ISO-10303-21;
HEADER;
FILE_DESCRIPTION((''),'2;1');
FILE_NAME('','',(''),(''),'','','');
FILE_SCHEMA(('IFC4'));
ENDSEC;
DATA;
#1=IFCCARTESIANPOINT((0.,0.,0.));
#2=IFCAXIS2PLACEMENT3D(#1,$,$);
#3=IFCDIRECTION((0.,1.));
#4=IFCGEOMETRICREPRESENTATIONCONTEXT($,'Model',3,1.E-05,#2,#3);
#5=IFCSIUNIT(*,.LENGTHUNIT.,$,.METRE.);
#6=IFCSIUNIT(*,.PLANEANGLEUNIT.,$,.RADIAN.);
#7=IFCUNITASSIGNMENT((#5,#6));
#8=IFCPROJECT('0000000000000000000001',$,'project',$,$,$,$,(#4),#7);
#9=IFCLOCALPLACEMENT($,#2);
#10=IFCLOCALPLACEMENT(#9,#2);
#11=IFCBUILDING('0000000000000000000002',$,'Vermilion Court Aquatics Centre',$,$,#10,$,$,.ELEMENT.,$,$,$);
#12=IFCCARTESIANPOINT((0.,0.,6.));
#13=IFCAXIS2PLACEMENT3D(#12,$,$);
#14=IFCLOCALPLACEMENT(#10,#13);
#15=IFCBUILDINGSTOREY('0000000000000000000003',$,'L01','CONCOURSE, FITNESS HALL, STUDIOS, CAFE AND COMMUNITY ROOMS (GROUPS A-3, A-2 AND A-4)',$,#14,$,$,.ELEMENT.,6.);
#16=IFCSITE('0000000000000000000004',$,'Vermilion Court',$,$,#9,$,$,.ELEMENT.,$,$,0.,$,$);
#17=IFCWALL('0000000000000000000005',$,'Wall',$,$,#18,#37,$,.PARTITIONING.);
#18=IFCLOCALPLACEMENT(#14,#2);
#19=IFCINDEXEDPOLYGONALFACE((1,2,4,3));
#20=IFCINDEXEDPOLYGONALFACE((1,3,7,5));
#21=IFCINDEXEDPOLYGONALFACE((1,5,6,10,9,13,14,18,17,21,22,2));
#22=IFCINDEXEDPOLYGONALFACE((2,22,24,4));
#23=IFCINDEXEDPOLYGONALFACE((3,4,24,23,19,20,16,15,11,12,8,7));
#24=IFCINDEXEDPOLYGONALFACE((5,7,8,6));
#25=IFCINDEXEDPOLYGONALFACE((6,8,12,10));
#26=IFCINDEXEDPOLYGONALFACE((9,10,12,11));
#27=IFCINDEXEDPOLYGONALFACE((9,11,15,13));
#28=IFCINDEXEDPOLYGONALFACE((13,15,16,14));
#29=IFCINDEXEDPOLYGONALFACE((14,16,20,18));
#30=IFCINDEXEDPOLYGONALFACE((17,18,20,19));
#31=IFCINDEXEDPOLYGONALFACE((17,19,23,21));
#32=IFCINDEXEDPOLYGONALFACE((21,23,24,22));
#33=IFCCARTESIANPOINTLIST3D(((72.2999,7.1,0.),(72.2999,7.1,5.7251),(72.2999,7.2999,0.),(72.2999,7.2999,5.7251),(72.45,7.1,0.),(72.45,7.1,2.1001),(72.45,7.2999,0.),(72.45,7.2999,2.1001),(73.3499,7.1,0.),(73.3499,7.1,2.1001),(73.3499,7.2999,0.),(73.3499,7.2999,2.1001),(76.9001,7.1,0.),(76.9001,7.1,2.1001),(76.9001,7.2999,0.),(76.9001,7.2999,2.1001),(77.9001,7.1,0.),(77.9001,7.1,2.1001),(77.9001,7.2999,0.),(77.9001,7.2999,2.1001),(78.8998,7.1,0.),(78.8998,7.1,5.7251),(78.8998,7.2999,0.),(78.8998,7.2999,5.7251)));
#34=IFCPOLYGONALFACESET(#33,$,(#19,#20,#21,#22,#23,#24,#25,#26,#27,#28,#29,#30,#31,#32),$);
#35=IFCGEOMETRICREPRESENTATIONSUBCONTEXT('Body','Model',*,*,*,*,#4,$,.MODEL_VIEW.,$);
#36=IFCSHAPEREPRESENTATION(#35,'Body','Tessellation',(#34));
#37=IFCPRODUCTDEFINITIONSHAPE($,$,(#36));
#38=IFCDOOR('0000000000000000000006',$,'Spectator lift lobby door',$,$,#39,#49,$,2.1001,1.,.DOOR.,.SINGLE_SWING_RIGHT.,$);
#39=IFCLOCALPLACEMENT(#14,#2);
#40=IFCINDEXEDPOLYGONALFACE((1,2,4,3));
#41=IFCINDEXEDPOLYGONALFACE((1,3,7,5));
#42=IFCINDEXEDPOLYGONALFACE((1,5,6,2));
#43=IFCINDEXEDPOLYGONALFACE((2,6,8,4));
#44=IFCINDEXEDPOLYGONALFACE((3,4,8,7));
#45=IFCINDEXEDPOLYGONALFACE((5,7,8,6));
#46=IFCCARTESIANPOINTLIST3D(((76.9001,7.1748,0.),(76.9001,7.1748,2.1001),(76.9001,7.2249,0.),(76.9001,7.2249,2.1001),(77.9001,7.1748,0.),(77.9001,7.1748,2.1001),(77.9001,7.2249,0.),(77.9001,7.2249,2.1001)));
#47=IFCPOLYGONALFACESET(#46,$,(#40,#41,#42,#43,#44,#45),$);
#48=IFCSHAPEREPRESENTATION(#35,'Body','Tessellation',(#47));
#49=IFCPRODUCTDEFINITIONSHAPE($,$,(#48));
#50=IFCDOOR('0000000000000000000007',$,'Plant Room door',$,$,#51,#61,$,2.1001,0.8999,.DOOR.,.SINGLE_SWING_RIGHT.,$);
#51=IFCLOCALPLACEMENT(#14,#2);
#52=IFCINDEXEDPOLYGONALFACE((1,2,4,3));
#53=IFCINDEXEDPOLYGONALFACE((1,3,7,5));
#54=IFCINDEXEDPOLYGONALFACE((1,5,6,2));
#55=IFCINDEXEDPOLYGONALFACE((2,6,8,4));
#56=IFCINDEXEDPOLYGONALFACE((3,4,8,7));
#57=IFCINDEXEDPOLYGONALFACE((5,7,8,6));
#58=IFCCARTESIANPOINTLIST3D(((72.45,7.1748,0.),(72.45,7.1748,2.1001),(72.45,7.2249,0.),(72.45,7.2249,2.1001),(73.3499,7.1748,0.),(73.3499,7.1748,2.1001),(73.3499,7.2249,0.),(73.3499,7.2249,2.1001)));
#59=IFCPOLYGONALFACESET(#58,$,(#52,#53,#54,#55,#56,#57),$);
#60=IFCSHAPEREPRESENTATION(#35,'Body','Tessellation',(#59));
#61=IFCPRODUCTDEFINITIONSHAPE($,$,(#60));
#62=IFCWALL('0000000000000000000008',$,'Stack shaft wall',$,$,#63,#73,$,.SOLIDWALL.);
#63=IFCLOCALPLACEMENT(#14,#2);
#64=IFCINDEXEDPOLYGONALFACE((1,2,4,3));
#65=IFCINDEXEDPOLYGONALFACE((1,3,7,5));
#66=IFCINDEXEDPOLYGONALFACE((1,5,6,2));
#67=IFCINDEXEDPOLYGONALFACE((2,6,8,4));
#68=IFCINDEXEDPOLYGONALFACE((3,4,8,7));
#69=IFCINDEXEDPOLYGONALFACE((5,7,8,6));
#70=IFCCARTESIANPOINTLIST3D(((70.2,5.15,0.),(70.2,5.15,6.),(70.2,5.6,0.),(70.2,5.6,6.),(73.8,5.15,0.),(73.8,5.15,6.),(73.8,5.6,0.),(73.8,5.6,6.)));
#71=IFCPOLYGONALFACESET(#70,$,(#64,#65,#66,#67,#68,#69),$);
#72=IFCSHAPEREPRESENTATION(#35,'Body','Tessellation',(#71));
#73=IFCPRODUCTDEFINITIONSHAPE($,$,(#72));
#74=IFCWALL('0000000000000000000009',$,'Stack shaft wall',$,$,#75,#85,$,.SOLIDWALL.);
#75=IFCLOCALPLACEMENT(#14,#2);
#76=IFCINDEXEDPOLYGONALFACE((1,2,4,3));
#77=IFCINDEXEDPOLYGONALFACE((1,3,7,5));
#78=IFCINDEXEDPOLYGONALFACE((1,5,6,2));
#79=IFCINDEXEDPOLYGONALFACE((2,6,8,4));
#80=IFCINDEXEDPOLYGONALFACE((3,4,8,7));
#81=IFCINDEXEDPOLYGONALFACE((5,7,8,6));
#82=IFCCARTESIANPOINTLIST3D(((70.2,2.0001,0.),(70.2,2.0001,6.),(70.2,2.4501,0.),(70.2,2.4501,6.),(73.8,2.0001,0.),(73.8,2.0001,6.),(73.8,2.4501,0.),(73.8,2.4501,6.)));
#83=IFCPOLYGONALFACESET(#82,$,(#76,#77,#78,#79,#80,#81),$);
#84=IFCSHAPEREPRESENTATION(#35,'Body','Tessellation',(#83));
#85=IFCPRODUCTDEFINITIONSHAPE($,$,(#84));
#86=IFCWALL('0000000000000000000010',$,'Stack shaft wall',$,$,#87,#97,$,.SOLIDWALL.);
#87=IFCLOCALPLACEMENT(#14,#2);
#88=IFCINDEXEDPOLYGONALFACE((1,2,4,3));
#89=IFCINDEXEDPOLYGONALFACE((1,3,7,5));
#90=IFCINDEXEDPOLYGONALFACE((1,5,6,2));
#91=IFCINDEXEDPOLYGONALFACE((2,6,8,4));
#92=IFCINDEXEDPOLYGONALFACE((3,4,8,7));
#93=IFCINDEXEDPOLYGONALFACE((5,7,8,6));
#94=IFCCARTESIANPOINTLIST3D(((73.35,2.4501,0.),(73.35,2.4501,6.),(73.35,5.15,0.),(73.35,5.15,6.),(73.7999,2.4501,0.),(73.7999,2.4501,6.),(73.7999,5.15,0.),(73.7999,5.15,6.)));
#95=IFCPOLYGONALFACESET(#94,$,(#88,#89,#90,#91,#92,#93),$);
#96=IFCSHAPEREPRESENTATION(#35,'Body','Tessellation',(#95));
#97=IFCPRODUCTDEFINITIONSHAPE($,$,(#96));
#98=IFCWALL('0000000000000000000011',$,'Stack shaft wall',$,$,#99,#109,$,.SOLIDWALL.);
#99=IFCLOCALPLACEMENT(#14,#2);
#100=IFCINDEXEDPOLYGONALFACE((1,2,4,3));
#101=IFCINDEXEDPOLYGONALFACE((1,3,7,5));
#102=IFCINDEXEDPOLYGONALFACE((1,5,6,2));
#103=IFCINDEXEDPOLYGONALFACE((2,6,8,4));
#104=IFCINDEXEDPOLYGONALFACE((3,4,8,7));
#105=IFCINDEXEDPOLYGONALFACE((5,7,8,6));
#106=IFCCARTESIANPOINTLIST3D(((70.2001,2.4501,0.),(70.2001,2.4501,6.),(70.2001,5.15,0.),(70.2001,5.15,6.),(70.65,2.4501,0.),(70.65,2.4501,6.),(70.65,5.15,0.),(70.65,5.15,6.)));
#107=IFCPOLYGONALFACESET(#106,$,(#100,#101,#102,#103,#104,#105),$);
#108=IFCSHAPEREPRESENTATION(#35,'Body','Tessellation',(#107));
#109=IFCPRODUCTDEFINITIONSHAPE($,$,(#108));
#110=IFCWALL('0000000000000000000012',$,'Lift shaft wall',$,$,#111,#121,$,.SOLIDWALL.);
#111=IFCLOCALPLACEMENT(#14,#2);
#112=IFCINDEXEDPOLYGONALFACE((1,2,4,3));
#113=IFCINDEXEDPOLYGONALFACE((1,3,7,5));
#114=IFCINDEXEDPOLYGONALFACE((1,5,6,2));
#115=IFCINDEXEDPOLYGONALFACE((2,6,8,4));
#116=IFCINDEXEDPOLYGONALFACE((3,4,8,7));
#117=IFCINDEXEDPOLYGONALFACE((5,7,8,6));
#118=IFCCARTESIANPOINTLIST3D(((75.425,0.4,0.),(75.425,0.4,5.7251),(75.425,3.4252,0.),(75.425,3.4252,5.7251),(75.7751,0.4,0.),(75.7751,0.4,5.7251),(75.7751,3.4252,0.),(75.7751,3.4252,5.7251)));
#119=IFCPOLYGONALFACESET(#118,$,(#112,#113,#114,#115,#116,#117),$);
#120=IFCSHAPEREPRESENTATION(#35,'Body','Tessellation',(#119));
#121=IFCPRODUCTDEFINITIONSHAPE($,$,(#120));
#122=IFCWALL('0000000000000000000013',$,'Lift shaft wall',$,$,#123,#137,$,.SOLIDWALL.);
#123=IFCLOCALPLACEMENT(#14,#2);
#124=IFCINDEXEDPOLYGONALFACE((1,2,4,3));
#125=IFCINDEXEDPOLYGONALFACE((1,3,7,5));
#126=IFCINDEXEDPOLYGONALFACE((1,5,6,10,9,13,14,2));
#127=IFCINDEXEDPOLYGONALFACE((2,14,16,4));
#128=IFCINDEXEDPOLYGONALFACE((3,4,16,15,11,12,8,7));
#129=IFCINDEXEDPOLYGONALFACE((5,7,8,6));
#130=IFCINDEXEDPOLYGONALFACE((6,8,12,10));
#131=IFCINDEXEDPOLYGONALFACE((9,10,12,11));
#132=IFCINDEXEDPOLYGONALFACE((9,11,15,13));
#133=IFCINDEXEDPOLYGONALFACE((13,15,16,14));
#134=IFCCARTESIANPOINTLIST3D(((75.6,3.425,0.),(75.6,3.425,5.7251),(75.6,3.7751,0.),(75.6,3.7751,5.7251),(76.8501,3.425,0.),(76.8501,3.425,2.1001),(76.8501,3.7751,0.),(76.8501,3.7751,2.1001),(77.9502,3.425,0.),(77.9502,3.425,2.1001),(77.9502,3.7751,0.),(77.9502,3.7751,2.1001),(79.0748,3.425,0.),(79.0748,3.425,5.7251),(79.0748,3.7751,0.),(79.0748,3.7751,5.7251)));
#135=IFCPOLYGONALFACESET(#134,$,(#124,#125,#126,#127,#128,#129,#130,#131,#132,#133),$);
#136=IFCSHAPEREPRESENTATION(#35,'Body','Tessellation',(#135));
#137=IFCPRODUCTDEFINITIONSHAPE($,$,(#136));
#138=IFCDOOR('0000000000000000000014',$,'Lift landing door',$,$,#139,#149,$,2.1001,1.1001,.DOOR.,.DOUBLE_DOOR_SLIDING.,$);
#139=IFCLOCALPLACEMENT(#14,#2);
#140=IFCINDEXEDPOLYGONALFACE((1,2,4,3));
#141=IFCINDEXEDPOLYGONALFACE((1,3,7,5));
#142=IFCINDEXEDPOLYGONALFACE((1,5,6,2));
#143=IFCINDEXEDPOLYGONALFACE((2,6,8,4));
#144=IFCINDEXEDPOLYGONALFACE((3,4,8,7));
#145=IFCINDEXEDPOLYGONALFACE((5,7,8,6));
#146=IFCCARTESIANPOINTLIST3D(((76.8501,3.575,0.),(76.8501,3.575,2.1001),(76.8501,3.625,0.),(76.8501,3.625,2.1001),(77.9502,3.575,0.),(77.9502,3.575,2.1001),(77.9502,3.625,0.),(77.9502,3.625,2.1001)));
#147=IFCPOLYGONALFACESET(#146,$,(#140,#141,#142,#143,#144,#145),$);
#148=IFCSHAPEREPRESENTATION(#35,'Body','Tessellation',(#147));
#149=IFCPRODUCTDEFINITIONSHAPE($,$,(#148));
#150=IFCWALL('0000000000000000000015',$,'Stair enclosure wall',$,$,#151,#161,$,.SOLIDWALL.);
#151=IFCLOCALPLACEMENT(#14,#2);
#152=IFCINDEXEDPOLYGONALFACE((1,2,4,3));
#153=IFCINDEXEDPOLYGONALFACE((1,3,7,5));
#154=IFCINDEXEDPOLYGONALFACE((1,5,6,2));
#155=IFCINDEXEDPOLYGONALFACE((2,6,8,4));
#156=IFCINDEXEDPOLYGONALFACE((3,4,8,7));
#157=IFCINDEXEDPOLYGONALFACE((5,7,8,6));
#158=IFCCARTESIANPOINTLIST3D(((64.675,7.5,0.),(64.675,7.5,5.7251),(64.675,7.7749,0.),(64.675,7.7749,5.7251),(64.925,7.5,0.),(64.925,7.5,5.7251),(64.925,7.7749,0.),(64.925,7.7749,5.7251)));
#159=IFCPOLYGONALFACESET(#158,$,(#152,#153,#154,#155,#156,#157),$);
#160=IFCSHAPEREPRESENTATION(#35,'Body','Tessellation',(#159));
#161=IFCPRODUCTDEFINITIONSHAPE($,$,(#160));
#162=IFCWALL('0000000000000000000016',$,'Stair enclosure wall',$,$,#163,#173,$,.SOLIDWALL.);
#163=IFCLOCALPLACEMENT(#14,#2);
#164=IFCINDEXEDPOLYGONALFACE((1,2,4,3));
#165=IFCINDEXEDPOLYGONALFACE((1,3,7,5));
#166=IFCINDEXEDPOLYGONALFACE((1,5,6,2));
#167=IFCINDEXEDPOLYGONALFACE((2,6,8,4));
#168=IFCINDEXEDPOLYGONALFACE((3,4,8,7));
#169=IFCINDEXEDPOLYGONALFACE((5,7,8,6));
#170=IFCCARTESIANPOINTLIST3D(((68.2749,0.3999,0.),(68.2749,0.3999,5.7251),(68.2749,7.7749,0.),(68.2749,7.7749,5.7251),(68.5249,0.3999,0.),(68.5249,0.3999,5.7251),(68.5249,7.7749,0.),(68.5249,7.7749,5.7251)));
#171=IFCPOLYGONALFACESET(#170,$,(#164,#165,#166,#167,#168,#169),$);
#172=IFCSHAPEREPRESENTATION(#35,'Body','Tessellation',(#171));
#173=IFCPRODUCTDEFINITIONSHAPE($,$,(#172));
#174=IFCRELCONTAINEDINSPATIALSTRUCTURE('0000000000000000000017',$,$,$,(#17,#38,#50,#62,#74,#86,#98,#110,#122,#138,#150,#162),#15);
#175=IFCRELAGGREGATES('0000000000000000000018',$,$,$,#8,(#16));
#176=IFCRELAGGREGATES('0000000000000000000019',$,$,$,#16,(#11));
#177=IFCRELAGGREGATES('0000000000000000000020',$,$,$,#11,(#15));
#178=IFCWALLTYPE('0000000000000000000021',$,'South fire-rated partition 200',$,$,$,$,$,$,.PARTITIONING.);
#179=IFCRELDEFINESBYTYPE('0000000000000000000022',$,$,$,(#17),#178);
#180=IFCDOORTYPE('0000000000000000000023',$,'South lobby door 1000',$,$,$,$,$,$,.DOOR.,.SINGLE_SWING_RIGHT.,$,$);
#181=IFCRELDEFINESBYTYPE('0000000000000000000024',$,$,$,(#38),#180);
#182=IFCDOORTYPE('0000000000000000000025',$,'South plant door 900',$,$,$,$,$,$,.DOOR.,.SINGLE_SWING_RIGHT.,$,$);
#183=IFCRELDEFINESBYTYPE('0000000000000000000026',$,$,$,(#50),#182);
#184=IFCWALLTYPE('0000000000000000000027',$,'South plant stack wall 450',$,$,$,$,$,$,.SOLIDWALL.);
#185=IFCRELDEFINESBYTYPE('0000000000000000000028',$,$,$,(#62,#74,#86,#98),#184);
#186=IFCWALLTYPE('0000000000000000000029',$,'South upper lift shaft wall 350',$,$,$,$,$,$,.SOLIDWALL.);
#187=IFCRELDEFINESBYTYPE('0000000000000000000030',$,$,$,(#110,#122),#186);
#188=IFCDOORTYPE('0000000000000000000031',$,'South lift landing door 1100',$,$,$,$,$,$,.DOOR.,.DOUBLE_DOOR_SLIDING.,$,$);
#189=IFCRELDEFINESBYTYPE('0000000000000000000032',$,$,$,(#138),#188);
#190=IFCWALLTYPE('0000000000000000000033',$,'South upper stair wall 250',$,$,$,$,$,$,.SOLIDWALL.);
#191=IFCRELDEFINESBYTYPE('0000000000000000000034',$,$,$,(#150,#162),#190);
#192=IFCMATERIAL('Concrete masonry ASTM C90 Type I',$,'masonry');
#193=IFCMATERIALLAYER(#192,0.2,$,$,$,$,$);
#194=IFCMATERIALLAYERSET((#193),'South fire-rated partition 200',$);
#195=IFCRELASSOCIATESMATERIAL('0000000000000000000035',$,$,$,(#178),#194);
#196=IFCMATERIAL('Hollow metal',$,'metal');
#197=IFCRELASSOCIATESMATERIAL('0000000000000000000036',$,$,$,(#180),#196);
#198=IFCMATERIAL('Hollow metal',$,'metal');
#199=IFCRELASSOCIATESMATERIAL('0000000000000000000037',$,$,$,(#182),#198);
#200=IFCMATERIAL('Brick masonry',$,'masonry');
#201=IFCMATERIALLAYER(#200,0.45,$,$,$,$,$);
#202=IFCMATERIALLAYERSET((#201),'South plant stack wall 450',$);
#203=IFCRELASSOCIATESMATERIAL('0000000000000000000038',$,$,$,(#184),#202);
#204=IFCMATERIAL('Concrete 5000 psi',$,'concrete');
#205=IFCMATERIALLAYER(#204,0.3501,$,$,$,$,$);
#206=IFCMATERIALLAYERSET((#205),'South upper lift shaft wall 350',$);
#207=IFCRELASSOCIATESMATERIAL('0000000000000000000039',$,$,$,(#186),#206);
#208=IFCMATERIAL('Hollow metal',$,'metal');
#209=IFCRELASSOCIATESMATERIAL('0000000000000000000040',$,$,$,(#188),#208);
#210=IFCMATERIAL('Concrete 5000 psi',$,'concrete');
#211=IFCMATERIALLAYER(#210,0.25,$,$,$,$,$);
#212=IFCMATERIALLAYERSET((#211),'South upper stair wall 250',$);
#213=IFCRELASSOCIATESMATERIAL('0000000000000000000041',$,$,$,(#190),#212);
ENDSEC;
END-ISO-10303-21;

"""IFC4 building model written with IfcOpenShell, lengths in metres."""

from ifc_helpers import new_model, si_unit, direction, frame, frame_2d, origin, place, context, subcontext, project, spatial, rectangle, extrude, material, layer, layer_set, type_object, element, fill, save


model = new_model("IFC4")

# Units and contexts
model_context = context("Model", 3, precision=1e-05, world=origin(), true_north=direction((0.0, 1.0)))
body_context = subcontext(model_context, "Body", "Model", "MODEL_VIEW")
ifc_project = project(units=[si_unit("LENGTHUNIT", "METRE"), si_unit("PLANEANGLEUNIT", "RADIAN")], contexts=[model_context])

# Site, building, storey
site_placement = place(None, origin())
site = spatial("IfcSite", under=ifc_project, at=site_placement, Name="Vermilion Court", CompositionType="ELEMENT", RefElevation=0.0)
building_placement = place(site_placement, origin())
building = spatial("IfcBuilding", under=site, at=building_placement, Name="Vermilion Court Aquatics Centre", CompositionType="ELEMENT")
storey_placement = place(building_placement, frame((0.0, 0.0, 6.0)))
storey = spatial("IfcBuildingStorey", under=building, at=storey_placement, Name="L01", Description="CONCOURSE, FITNESS HALL, STUDIOS, CAFE AND COMMUNITY ROOMS (GROUPS A-3, A-2 AND A-4)", CompositionType="ELEMENT", Elevation=6.0)

# Shared definitions
ifc_material_1 = material(Name="Concrete masonry ASTM C90 Type I", Category="masonry")
ifc_layer_1 = layer(ifc_material_1, 0.2)
ifc_layer_set_1 = layer_set([ifc_layer_1], Name="South fire-rated partition 200")
wall_type_1 = type_object("IfcWallType", Name="South fire-rated partition 200", PredefinedType="PARTITIONING", material=ifc_layer_set_1)

# Wall, openings, doors
wall_1_placement = place(storey_placement, frame((72.3, 7.2, 0.0), z_axis=(0.0, 0.0, 1.0), x_axis=(1.0, 0.0, 0.0)))
wall_1 = element("IfcWall", 1, at=wall_1_placement, inside=storey, type_object=wall_type_1, Name="Wall", PredefinedType="PARTITIONING", context=body_context, shape_type="SweptSolid", body=[
    extrude(rectangle(XDim=6.5999, YDim=0.2, at=frame_2d((3.2998, 0.0))), origin(), (0.0, 0.0, 1.0), 5.7251),
])
opening_1_placement = place(wall_1_placement, frame((0.1499, 0.0, 0.0)))
opening_1 = element("IfcOpeningElement", 2, at=opening_1_placement, cuts=wall_1, PredefinedType="OPENING", context=body_context, shape_type="SweptSolid", body=[
    extrude(rectangle(XDim=0.8999, YDim=2.1001, at=frame_2d((0.45, 1.05))), frame((0.0, 0.1099, 0.0), z_axis=(0.0, -1.0, 0.0), x_axis=(1.0, 0.0, 0.0)), (0.0, 0.0, 1.0), 0.22),
])
opening_2_placement = place(wall_1_placement, frame((4.6001, 0.0, 0.0)))
opening_2 = element("IfcOpeningElement", 3, at=opening_2_placement, cuts=wall_1, PredefinedType="OPENING", context=body_context, shape_type="SweptSolid", body=[
    extrude(rectangle(XDim=1.0, YDim=2.1001, at=frame_2d((0.5, 1.05))), frame((0.0, 0.1099, 0.0), z_axis=(0.0, -1.0, 0.0), x_axis=(1.0, 0.0, 0.0)), (0.0, 0.0, 1.0), 0.22),
])
ifc_material_2 = material(Name="Hollow metal", Category="metal")
door_type_1 = type_object("IfcDoorType", Name="South lobby door 1000", OperationType="SINGLE_SWING_RIGHT", PredefinedType="DOOR", material=ifc_material_2)
door_1_placement = place(opening_2_placement, origin())
door_1 = element("IfcDoor", 4, at=door_1_placement, inside=storey, type_object=door_type_1, Name="Spectator lift lobby door", OperationType="SINGLE_SWING_RIGHT", OverallHeight=2.1001, OverallWidth=1.0, PredefinedType="DOOR", context=body_context, shape_type="SweptSolid", body=[
    extrude(rectangle(XDim=1.0, YDim=2.1001, at=frame_2d((0.5, 1.05))), frame((0.0, 0.0249, 0.0), z_axis=(0.0, -1.0, 0.0), x_axis=(1.0, 0.0, 0.0)), (0.0, 0.0, 1.0), 0.05),
])
fill(opening_2, door_1)
ifc_material_3 = material(Name="Hollow metal", Category="metal")
door_type_2 = type_object("IfcDoorType", Name="South plant door 900", OperationType="SINGLE_SWING_RIGHT", PredefinedType="DOOR", material=ifc_material_3)
door_2_placement = place(opening_1_placement, frame((0.8999, 0.0, 0.0), z_axis=(0.0, 0.0, 1.0), x_axis=(-1.0, 0.0, 0.0)))
door_2 = element("IfcDoor", 5, at=door_2_placement, inside=storey, type_object=door_type_2, Name="Plant Room door", OperationType="SINGLE_SWING_RIGHT", OverallHeight=2.1001, OverallWidth=0.8999, PredefinedType="DOOR", context=body_context, shape_type="SweptSolid", body=[
    extrude(rectangle(XDim=0.8999, YDim=2.1001, at=frame_2d((0.45, 1.05))), frame((0.0, 0.0251, 0.0), z_axis=(0.0, -1.0, 0.0), x_axis=(1.0, 0.0, 0.0)), (0.0, 0.0, 1.0), 0.05),
])
fill(opening_1, door_2)

# Walls
ifc_material_4 = material(Name="Brick masonry", Category="masonry")
ifc_layer_2 = layer(ifc_material_4, 0.45)
ifc_layer_set_2 = layer_set([ifc_layer_2], Name="South plant stack wall 450")
wall_type_2 = type_object("IfcWallType", Name="South plant stack wall 450", PredefinedType="SOLIDWALL", material=ifc_layer_set_2)
for number, where, z_axis, x_axis, name in (
    (6, (70.2, 5.375, 0.0), (0.0, 0.0, 1.0), (1.0, 0.0, 0.0), "Stack shaft wall"),
    (7, (70.2, 2.2251, 0.0), (0.0, 0.0, 1.0), (1.0, 0.0, 0.0), "Stack shaft wall"),
):
    element("IfcWall", number, at=place(storey_placement, frame(where, z_axis=z_axis, x_axis=x_axis)), inside=storey, type_object=wall_type_2, Name=name, PredefinedType="SOLIDWALL", context=body_context, shape_type="SweptSolid", body=[
        extrude(rectangle(XDim=3.6001, YDim=0.45, at=frame_2d((1.8, 0.0))), origin(), (0.0, 0.0, 1.0), 6.0),
    ])
for number, where, z_axis, x_axis, name in (
    (8, (73.575, 2.45, 0.0), (0.0, 0.0, 1.0), (0.0, 1.0, 0.0), "Stack shaft wall"),
    (9, (70.425, 2.45, 0.0), (0.0, 0.0, 1.0), (0.0, 1.0, 0.0), "Stack shaft wall"),
):
    element("IfcWall", number, at=place(storey_placement, frame(where, z_axis=z_axis, x_axis=x_axis)), inside=storey, type_object=wall_type_2, Name=name, PredefinedType="SOLIDWALL", context=body_context, shape_type="SweptSolid", body=[
        extrude(rectangle(XDim=2.7, YDim=0.45, at=frame_2d((1.3501, 0.0))), origin(), (0.0, 0.0, 1.0), 6.0),
    ])
ifc_material_5 = material(Name="Concrete 5000 psi", Category="concrete")
ifc_layer_3 = layer(ifc_material_5, 0.3501)
ifc_layer_set_3 = layer_set([ifc_layer_3], Name="South upper lift shaft wall 350")
wall_type_3 = type_object("IfcWallType", Name="South upper lift shaft wall 350", PredefinedType="SOLIDWALL", material=ifc_layer_set_3)
wall_2_placement = place(storey_placement, frame((75.6001, 0.3999, 0.0), z_axis=(0.0, 0.0, 1.0), x_axis=(0.0, 1.0, 0.0)))
element("IfcWall", 10, at=wall_2_placement, inside=storey, type_object=wall_type_3, Name="Lift shaft wall", PredefinedType="SOLIDWALL", context=body_context, shape_type="SweptSolid", body=[
    extrude(rectangle(XDim=3.0251, YDim=0.3501, at=frame_2d((1.5127, 0.0))), origin(), (0.0, 0.0, 1.0), 5.7251),
])

# Wall, opening, door
wall_3_placement = place(storey_placement, frame((75.6001, 3.6001, 0.0), z_axis=(0.0, 0.0, 1.0), x_axis=(1.0, 0.0, 0.0)))
wall_3 = element("IfcWall", 11, at=wall_3_placement, inside=storey, type_object=wall_type_3, Name="Lift shaft wall", PredefinedType="SOLIDWALL", context=body_context, shape_type="SweptSolid", body=[
    extrude(rectangle(XDim=3.4749, YDim=0.3501, at=frame_2d((1.7373, 0.0))), origin(), (0.0, 0.0, 1.0), 5.7251),
])
opening_3_placement = place(wall_3_placement, frame((1.25, 0.0, 0.0)))
opening_3 = element("IfcOpeningElement", 12, at=opening_3_placement, cuts=wall_3, PredefinedType="OPENING", context=body_context, shape_type="SweptSolid", body=[
    extrude(rectangle(XDim=1.1001, YDim=2.1001, at=frame_2d((0.55, 1.05))), frame((0.0, 0.1851, 0.0), z_axis=(0.0, -1.0, 0.0), x_axis=(1.0, 0.0, 0.0)), (0.0, 0.0, 1.0), 0.3701),
])
ifc_material_6 = material(Name="Hollow metal", Category="metal")
door_type_3 = type_object("IfcDoorType", Name="South lift landing door 1100", OperationType="DOUBLE_DOOR_SLIDING", PredefinedType="DOOR", material=ifc_material_6)
door_3_placement = place(opening_3_placement, origin())
door_3 = element("IfcDoor", 13, at=door_3_placement, inside=storey, type_object=door_type_3, Name="Lift landing door", OperationType="DOUBLE_DOOR_SLIDING", OverallHeight=2.1001, OverallWidth=1.1001, PredefinedType="DOOR", context=body_context, shape_type="SweptSolid", body=[
    extrude(rectangle(XDim=1.1001, YDim=2.1001, at=frame_2d((0.55, 1.05))), frame((0.0, 0.0249, 0.0), z_axis=(0.0, -1.0, 0.0), x_axis=(1.0, 0.0, 0.0)), (0.0, 0.0, 1.0), 0.05),
])
fill(opening_3, door_3)

# Walls
ifc_material_7 = material(Name="Concrete 5000 psi", Category="concrete")
ifc_layer_4 = layer(ifc_material_7, 0.25)
ifc_layer_set_4 = layer_set([ifc_layer_4], Name="South upper stair wall 250")
wall_type_4 = type_object("IfcWallType", Name="South upper stair wall 250", PredefinedType="SOLIDWALL", material=ifc_layer_set_4)
wall_4_placement = place(storey_placement, frame((64.8, 7.5, 0.0), z_axis=(0.0, 0.0, 1.0), x_axis=(0.0, 1.0, 0.0)))
element("IfcWall", 14, at=wall_4_placement, inside=storey, type_object=wall_type_4, Name="Stair enclosure wall", PredefinedType="SOLIDWALL", context=body_context, shape_type="SweptSolid", body=[
    extrude(rectangle(XDim=0.2749, YDim=0.25, at=frame_2d((0.1375, 0.0))), origin(), (0.0, 0.0, 1.0), 5.7251),
])
wall_5_placement = place(storey_placement, frame((68.3999, 0.3999, 0.0), z_axis=(0.0, 0.0, 1.0), x_axis=(0.0, 1.0, 0.0)))
element("IfcWall", 15, at=wall_5_placement, inside=storey, type_object=wall_type_4, Name="Stair enclosure wall", PredefinedType="SOLIDWALL", context=body_context, shape_type="SweptSolid", body=[
    extrude(rectangle(XDim=7.375, YDim=0.25, at=frame_2d((3.6875, 0.0))), origin(), (0.0, 0.0, 1.0), 5.7251),
])

save(model, "model.ifc")
